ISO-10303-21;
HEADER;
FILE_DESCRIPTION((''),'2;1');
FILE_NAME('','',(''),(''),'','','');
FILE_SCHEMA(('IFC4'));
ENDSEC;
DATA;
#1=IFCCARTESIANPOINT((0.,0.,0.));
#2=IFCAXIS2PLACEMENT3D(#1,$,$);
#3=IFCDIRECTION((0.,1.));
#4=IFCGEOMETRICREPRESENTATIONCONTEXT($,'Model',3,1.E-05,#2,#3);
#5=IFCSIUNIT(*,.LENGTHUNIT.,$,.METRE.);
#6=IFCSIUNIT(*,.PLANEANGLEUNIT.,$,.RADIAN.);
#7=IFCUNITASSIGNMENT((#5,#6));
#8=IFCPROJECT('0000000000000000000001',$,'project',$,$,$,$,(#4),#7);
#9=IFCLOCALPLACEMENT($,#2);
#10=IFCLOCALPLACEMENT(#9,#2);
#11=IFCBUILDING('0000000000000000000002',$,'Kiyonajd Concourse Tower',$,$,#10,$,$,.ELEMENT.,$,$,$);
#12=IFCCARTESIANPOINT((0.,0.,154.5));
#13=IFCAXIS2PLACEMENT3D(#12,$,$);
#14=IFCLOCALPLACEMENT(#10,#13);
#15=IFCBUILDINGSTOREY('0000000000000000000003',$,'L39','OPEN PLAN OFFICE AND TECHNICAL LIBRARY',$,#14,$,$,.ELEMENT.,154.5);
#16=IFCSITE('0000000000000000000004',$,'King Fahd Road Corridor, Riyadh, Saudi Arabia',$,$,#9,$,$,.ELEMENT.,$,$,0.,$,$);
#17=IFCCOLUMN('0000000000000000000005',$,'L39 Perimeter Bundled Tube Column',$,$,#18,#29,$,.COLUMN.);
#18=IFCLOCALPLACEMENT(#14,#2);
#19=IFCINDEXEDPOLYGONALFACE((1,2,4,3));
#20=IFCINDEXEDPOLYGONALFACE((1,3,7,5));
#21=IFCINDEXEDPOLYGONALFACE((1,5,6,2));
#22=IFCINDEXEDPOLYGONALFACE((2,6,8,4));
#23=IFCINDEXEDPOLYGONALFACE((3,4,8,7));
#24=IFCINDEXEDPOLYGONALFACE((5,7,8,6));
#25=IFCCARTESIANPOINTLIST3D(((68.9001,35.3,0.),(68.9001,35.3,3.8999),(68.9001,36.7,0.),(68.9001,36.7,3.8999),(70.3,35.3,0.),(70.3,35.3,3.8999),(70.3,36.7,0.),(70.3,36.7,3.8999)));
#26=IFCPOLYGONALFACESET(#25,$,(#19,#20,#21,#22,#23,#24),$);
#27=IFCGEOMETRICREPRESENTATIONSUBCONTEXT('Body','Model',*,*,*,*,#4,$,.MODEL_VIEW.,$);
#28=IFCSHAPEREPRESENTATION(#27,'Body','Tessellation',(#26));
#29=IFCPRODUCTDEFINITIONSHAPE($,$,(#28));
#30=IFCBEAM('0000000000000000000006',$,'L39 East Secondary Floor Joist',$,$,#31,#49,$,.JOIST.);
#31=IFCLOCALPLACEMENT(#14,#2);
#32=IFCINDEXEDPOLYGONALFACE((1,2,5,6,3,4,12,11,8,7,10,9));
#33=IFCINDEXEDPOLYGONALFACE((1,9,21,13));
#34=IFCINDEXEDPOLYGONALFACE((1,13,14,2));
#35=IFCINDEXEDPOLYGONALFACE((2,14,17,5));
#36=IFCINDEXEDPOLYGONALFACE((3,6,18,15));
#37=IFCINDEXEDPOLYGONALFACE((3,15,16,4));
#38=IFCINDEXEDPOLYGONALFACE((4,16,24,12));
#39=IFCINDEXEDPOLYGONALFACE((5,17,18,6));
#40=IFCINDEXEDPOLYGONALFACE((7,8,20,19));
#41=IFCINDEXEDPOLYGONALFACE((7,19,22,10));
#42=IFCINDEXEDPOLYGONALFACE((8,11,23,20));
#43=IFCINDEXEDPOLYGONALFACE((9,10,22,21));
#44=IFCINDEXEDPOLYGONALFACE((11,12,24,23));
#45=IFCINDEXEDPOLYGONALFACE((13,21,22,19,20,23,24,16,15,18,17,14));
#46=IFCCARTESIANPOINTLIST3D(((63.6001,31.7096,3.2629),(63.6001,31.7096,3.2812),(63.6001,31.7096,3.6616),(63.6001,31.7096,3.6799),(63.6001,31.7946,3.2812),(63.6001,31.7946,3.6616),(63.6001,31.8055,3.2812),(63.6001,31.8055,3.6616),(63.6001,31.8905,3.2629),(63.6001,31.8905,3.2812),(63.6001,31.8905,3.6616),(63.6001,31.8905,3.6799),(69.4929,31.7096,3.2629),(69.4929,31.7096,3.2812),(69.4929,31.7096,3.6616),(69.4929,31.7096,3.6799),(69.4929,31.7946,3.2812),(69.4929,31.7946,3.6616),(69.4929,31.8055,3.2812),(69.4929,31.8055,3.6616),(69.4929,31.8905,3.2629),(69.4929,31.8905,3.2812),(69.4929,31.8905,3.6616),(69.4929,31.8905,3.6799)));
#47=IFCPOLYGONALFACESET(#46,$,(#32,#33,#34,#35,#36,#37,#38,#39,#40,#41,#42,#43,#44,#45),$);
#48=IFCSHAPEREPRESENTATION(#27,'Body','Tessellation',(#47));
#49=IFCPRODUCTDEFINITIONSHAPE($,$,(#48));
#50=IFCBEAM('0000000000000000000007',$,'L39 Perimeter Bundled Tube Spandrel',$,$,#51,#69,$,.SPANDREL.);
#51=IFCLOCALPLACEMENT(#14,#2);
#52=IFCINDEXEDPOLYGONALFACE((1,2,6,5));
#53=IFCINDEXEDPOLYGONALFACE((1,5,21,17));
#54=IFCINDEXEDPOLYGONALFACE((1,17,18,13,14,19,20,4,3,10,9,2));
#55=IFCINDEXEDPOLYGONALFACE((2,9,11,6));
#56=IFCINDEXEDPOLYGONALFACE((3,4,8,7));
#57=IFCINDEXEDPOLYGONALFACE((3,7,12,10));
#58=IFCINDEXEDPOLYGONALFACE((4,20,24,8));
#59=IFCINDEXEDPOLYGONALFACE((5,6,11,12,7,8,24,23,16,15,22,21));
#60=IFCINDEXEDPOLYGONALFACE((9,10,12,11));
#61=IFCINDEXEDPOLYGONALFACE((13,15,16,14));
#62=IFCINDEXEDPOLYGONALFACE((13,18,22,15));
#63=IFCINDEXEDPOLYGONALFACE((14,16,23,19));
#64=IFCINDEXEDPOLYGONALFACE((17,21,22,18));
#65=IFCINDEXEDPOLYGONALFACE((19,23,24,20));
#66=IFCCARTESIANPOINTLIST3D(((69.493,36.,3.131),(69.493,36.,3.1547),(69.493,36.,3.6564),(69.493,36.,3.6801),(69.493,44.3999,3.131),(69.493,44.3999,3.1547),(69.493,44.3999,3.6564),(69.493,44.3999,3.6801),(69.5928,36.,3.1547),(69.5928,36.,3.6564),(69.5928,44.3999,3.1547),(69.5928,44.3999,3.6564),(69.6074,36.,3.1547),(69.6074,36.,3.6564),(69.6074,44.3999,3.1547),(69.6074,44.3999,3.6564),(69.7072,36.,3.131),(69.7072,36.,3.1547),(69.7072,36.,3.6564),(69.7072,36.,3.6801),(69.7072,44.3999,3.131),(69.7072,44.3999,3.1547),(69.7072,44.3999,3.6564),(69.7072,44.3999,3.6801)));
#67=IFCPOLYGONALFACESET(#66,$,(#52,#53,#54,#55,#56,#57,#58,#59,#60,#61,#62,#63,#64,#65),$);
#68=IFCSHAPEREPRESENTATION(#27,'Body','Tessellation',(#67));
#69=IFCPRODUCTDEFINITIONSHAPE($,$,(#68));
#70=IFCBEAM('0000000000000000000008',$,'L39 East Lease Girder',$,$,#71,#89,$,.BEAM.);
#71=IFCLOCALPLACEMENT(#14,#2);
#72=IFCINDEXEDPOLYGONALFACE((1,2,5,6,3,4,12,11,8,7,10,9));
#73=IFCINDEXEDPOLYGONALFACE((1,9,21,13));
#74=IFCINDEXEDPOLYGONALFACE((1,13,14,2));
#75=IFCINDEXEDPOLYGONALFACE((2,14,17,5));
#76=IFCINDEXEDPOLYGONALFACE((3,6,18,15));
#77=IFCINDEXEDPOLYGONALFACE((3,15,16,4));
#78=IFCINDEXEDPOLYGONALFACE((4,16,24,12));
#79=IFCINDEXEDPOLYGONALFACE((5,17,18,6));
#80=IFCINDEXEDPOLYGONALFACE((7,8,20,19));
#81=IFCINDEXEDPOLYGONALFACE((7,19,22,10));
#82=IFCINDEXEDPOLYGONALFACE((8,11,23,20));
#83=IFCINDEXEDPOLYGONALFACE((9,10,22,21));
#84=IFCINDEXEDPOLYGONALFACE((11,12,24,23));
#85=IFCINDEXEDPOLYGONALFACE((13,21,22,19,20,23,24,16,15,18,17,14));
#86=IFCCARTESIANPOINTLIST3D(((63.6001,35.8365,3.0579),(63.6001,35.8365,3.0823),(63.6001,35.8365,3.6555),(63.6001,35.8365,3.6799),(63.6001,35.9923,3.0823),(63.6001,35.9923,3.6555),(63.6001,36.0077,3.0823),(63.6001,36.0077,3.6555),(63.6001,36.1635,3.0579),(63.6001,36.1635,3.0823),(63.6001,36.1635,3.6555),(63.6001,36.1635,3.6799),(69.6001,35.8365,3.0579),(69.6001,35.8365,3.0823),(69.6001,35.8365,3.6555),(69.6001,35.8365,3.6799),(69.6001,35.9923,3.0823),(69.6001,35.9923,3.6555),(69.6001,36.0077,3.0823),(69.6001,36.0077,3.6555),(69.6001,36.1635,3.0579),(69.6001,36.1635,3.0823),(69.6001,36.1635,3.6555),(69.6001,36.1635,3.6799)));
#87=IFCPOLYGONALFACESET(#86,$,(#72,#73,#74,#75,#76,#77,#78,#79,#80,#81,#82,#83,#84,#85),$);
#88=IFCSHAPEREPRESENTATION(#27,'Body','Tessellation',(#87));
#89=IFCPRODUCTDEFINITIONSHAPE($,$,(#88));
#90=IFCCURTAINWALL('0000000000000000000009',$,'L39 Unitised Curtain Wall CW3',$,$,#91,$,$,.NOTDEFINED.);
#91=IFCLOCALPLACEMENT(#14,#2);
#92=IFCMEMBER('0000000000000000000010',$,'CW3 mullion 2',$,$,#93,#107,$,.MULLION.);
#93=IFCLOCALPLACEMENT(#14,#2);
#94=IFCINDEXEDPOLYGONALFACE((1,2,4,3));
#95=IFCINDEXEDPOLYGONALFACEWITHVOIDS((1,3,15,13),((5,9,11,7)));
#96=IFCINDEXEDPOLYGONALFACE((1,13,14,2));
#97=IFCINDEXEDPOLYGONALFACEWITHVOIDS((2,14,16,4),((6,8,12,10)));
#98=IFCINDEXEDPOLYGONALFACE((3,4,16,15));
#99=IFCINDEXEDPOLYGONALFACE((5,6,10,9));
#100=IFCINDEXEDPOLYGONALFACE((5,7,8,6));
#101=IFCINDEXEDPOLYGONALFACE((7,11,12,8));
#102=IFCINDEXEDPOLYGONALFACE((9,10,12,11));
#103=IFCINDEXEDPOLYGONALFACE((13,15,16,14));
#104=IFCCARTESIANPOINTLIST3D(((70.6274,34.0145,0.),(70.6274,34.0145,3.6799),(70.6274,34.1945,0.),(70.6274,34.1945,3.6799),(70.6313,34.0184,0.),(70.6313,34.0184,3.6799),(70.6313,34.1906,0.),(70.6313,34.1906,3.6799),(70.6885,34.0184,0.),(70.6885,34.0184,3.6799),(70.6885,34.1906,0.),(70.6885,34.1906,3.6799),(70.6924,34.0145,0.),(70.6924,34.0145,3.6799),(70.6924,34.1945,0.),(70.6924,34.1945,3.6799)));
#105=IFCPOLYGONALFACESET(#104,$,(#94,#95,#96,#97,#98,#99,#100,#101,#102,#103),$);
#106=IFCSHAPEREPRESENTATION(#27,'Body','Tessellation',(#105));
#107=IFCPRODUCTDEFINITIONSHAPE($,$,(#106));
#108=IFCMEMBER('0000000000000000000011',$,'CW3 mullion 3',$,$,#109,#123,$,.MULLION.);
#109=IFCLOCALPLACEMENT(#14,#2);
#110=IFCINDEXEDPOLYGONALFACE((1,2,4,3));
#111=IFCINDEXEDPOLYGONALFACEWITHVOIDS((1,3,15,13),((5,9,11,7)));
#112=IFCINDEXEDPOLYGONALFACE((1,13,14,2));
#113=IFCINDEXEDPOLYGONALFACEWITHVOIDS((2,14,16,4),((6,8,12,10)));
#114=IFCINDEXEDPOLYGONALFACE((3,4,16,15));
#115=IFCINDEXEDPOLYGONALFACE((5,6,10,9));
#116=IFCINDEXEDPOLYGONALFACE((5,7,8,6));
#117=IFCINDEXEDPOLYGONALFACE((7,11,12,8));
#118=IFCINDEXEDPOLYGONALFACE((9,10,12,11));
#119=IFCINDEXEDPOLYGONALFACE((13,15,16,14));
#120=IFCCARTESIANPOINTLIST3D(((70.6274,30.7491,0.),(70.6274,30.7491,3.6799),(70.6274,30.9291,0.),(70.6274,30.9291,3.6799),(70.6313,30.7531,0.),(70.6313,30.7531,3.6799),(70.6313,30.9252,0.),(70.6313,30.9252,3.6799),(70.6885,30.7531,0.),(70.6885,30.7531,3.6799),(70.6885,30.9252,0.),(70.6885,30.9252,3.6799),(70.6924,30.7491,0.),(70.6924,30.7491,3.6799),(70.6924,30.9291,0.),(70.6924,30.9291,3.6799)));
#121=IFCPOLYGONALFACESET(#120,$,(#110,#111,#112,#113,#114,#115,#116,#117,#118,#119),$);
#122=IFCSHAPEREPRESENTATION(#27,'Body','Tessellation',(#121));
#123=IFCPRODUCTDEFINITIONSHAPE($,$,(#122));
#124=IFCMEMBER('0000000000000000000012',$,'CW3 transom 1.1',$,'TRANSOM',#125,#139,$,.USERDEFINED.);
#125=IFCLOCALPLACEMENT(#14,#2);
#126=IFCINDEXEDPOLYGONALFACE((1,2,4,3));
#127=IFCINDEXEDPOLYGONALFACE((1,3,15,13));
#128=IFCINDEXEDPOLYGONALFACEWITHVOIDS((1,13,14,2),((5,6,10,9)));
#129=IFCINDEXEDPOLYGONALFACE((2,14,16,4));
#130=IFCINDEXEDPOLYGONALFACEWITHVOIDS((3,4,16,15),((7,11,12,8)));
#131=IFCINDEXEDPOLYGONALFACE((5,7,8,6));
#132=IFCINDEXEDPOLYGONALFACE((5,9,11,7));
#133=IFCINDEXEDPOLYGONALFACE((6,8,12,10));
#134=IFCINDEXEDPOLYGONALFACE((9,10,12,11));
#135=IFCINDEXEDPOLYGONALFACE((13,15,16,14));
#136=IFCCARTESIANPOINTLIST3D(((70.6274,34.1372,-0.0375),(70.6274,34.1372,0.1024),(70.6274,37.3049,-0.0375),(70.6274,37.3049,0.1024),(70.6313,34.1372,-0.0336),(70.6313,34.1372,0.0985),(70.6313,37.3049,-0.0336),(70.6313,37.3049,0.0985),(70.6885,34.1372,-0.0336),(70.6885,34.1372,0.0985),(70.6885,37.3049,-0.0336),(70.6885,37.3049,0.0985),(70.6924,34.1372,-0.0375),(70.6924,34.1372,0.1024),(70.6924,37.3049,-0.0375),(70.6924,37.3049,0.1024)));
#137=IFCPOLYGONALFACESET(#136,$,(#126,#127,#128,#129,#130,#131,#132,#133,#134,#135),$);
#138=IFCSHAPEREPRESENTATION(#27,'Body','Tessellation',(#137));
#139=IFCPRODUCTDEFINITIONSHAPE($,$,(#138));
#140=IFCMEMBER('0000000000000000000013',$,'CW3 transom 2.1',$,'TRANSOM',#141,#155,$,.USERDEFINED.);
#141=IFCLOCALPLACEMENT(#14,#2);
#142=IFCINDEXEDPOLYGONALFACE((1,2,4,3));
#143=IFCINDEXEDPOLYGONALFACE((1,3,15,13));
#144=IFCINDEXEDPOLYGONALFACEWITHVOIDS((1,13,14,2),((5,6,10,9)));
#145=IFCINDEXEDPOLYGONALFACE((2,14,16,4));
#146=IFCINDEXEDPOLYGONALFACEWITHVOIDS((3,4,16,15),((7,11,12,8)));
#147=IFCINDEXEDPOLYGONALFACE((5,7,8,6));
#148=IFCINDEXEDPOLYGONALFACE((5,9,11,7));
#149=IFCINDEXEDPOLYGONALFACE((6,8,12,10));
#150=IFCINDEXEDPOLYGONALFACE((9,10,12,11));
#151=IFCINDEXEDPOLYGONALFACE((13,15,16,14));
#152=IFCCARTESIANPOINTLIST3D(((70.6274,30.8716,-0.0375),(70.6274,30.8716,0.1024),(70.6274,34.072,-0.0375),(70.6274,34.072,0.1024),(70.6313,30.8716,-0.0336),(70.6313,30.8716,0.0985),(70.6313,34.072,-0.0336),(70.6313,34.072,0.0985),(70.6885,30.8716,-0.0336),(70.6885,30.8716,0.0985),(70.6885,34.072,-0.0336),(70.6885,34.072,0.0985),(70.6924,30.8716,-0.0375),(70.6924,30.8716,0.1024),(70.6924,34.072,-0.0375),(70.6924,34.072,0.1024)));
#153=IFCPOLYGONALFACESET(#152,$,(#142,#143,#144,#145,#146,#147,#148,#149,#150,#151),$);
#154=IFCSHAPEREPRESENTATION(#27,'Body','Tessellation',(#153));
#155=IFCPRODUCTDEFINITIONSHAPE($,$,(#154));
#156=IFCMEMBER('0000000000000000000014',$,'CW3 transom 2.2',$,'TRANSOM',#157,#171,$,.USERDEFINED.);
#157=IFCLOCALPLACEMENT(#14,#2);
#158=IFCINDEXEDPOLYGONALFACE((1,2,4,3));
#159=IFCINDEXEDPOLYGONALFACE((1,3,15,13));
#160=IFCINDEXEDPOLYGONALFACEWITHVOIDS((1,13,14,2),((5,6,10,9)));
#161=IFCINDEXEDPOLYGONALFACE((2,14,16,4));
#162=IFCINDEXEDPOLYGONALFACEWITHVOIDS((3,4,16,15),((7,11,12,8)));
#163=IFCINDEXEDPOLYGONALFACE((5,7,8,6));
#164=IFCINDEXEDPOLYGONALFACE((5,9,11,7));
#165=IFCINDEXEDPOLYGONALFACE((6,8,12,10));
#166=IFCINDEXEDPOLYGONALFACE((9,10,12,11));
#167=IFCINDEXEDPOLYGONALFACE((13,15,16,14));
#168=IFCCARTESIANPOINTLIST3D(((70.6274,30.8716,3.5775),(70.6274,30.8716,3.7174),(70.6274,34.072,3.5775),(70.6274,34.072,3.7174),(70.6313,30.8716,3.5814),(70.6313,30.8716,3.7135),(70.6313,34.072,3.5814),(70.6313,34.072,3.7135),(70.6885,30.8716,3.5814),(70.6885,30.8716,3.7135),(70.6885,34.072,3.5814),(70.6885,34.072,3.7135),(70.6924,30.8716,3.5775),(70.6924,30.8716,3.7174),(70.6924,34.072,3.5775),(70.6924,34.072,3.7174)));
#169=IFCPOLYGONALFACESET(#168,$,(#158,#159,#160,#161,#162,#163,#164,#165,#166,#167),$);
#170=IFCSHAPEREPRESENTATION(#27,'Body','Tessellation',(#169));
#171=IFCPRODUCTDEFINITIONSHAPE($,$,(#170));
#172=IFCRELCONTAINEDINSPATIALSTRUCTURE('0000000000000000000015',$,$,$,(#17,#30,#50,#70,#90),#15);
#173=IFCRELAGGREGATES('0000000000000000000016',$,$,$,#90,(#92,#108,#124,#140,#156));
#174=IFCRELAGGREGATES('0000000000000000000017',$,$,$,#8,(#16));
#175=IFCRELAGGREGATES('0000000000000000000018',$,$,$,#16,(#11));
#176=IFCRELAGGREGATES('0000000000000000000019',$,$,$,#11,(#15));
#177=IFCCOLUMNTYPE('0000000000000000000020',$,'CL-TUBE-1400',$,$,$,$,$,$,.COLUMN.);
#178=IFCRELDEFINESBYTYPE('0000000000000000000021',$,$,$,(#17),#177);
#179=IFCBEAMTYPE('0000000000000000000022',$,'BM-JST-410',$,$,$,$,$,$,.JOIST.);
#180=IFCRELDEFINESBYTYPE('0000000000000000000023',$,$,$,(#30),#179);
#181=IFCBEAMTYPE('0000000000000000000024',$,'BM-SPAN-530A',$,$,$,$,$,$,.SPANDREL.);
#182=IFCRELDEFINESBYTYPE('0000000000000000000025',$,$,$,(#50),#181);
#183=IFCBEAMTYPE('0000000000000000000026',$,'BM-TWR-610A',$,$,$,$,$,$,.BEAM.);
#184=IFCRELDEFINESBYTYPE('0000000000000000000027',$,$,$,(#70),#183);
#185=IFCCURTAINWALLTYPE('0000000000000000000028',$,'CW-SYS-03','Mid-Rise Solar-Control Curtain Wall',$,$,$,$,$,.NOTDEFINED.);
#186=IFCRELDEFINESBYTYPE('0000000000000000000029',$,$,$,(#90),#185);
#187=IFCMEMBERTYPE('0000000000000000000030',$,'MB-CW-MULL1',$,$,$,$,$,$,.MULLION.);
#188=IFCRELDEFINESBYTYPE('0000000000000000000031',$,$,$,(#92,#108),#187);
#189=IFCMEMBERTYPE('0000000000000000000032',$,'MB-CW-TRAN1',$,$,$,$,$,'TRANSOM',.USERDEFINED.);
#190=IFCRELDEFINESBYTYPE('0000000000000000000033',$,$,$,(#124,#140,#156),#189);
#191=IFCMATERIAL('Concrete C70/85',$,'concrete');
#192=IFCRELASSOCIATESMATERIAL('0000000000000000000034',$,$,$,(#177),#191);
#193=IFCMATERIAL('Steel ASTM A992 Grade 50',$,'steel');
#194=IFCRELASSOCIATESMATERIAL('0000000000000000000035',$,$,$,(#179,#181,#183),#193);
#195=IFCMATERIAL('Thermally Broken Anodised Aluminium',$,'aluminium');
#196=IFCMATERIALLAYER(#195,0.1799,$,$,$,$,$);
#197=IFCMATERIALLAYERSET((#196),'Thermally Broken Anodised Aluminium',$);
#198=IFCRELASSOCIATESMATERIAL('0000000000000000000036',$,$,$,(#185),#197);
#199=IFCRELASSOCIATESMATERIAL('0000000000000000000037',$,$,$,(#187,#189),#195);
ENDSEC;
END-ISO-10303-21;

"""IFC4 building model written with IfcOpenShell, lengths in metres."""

from ifc_helpers import new_model, si_unit, direction, frame, origin, origin_2d, place, context, subcontext, project, spatial, rectangle, hollow_rectangle, i_section, extrude, material, layer, layer_set, material_profile, profile_set, type_object, element, aggregate, save


model = new_model("IFC4")

# Units and contexts
model_context = context("Model", 3, precision=1e-05, world=origin(), true_north=direction((0.0, 1.0)))
body_context = subcontext(model_context, "Body", "Model", "MODEL_VIEW")
ifc_project = project(units=[si_unit("LENGTHUNIT", "METRE"), si_unit("PLANEANGLEUNIT", "RADIAN")], contexts=[model_context])

# Site, building, storey
site_placement = place(None, origin())
site = spatial("IfcSite", under=ifc_project, at=site_placement, Name="King Fahd Road Corridor, Riyadh, Saudi Arabia", CompositionType="ELEMENT", RefElevation=0.0)
building_placement = place(site_placement, origin())
building = spatial("IfcBuilding", under=site, at=building_placement, Name="Kiyonajd Concourse Tower", CompositionType="ELEMENT")
storey_placement = place(building_placement, frame((0.0, 0.0, 154.5)))
storey = spatial("IfcBuildingStorey", under=building, at=storey_placement, Name="L39", Description="OPEN PLAN OFFICE AND TECHNICAL LIBRARY", CompositionType="ELEMENT", Elevation=154.5)

# Column
ifc_material_1 = material(Name="Concrete C70/85", Category="concrete")
ifc_material_profile_1 = material_profile(ifc_material_1, rectangle(XDim=1.3999, YDim=1.3999, at=origin_2d()), Name="RC-1400x1400")
ifc_profile_set_1 = profile_set([ifc_material_profile_1], Name="Concrete C70/85")
column_type = type_object("IfcColumnType", Name="CL-TUBE-1400", PredefinedType="COLUMN", material=ifc_profile_set_1)
column_placement = place(storey_placement, frame((69.6001, 36.0, 0.0), z_axis=(0.0, 0.0, 1.0), x_axis=(1.0, 0.0, 0.0)))
element("IfcColumn", 1, at=column_placement, inside=storey, type_object=column_type, Name="L39 Perimeter Bundled Tube Column", PredefinedType="COLUMN", context=body_context, shape_type="SweptSolid", body=[
    extrude(rectangle(XDim=1.3999, YDim=1.3999, at=origin_2d()), origin(), (0.0, 0.0, 1.0), 3.8999),
])

# Beams
ifc_material_2 = material(Name="Steel ASTM A992 Grade 50", Category="steel")
ifc_material_profile_2 = material_profile(ifc_material_2, i_section(OverallWidth=0.1809, OverallDepth=0.417, WebThickness=0.011, FlangeThickness=0.0183, at=origin_2d()), Name="W410X85")
ifc_profile_set_2 = profile_set([ifc_material_profile_2], Name="Steel ASTM A992 Grade 50")
beam_type_1 = type_object("IfcBeamType", Name="BM-JST-410", PredefinedType="JOIST", material=ifc_profile_set_2)
beam_1_placement = place(storey_placement, frame((63.6001, 31.8, 3.4714), z_axis=(1.0, 0.0, 0.0), x_axis=(0.0, 1.0, 0.0)))
element("IfcBeam", 2, at=beam_1_placement, inside=storey, type_object=beam_type_1, Name="L39 East Secondary Floor Joist", PredefinedType="JOIST", context=body_context, shape_type="SweptSolid", body=[
    extrude(i_section(OverallWidth=0.1809, OverallDepth=0.417, WebThickness=0.011, FlangeThickness=0.0183, at=origin_2d()), origin(), (0.0, 0.0, 1.0), 5.8928),
])
ifc_material_profile_3 = material_profile(ifc_material_2, i_section(OverallWidth=0.2141, OverallDepth=0.5491, WebThickness=0.0146, FlangeThickness=0.0237, at=origin_2d()), Name="W530X138")
ifc_profile_set_3 = profile_set([ifc_material_profile_3], Name="Steel ASTM A992 Grade 50")
beam_type_2 = type_object("IfcBeamType", Name="BM-SPAN-530A", PredefinedType="SPANDREL", material=ifc_profile_set_3)
beam_2_placement = place(storey_placement, frame((69.6001, 36.0, 3.4055), z_axis=(0.0, 1.0, 0.0), x_axis=(-1.0, 0.0, 0.0)))
element("IfcBeam", 3, at=beam_2_placement, inside=storey, type_object=beam_type_2, Name="L39 Perimeter Bundled Tube Spandrel", PredefinedType="SPANDREL", context=body_context, shape_type="SweptSolid", body=[
    extrude(i_section(OverallWidth=0.2141, OverallDepth=0.5491, WebThickness=0.0146, FlangeThickness=0.0237, at=origin_2d()), origin(), (0.0, 0.0, 1.0), 8.3999),
])
ifc_material_profile_4 = material_profile(ifc_material_2, i_section(OverallWidth=0.3269, OverallDepth=0.6221, WebThickness=0.0154, FlangeThickness=0.0244, at=origin_2d()), Name="W610X195")
ifc_profile_set_4 = profile_set([ifc_material_profile_4], Name="Steel ASTM A992 Grade 50")
beam_type_3 = type_object("IfcBeamType", Name="BM-TWR-610A", PredefinedType="BEAM", material=ifc_profile_set_4)
beam_3_placement = place(storey_placement, frame((63.6001, 36.0, 3.3689), z_axis=(1.0, 0.0, 0.0), x_axis=(0.0, 1.0, 0.0)))
element("IfcBeam", 4, at=beam_3_placement, inside=storey, type_object=beam_type_3, Name="L39 East Lease Girder", PredefinedType="BEAM", context=body_context, shape_type="SweptSolid", body=[
    extrude(i_section(OverallWidth=0.3269, OverallDepth=0.6221, WebThickness=0.0154, FlangeThickness=0.0244, at=origin_2d()), origin(), (0.0, 0.0, 1.0), 6.0),
])

# Curtain wall, members
ifc_material_3 = material(Name="Thermally Broken Anodised Aluminium", Category="aluminium")
ifc_layer_1 = layer(ifc_material_3, 0.1799)
ifc_layer_set_1 = layer_set([ifc_layer_1], Name="Thermally Broken Anodised Aluminium")
curtain_wall_type = type_object("IfcCurtainWallType", Name="CW-SYS-03", Description="Mid-Rise Solar-Control Curtain Wall", PredefinedType="NOTDEFINED", material=ifc_layer_set_1)
curtain_wall_placement = place(storey_placement, origin())
curtain_wall = element("IfcCurtainWall", 5, at=curtain_wall_placement, inside=storey, type_object=curtain_wall_type, Name="L39 Unitised Curtain Wall CW3", PredefinedType="NOTDEFINED")
ifc_material_profile_5 = material_profile(ifc_material_3, hollow_rectangle(XDim=0.0649, YDim=0.1799, WallThickness=0.0039, at=origin_2d()), Name="MULL-65x180")
ifc_profile_set_5 = profile_set([ifc_material_profile_5], Name="Thermally Broken Anodised Aluminium")
member_type_1 = type_object("IfcMemberType", Name="MB-CW-MULL1", PredefinedType="MULLION", material=ifc_profile_set_5)
member_1_placement = place(storey_placement, frame((70.6599, 34.1045, 0.0), z_axis=(0.0, 0.0, 1.0), x_axis=(1.0, 0.0, 0.0)))
member_1 = element("IfcMember", 6, at=member_1_placement, type_object=member_type_1, Name="CW3 mullion 2", PredefinedType="MULLION", context=body_context, shape_type="SweptSolid", body=[
    extrude(hollow_rectangle(XDim=0.0649, YDim=0.1799, WallThickness=0.0039, at=origin_2d()), origin(), (0.0, 0.0, 1.0), 3.6799),
])
member_2_placement = place(storey_placement, frame((70.6599, 30.8391, 0.0), z_axis=(0.0, 0.0, 1.0), x_axis=(1.0, 0.0, 0.0)))
member_2 = element("IfcMember", 7, at=member_2_placement, type_object=member_type_1, Name="CW3 mullion 3", PredefinedType="MULLION", context=body_context, shape_type="SweptSolid", body=[
    extrude(hollow_rectangle(XDim=0.0649, YDim=0.1799, WallThickness=0.0039, at=origin_2d()), origin(), (0.0, 0.0, 1.0), 3.6799),
])
ifc_material_profile_6 = material_profile(ifc_material_3, hollow_rectangle(XDim=0.0649, YDim=0.1399, WallThickness=0.0039, at=origin_2d()), Name="TRAN-65x140")
ifc_profile_set_6 = profile_set([ifc_material_profile_6], Name="Thermally Broken Anodised Aluminium")
member_type_2 = type_object("IfcMemberType", Name="MB-CW-TRAN1", ElementType="TRANSOM", PredefinedType="USERDEFINED", material=ifc_profile_set_6)
member_3_placement = place(storey_placement, frame((70.6599, 37.3049, 0.0325), z_axis=(0.0, -1.0, 0.0), x_axis=(1.0, 0.0, 0.0)))
member_3 = element("IfcMember", 8, at=member_3_placement, type_object=member_type_2, Name="CW3 transom 1.1", ObjectType="TRANSOM", PredefinedType="USERDEFINED", context=body_context, shape_type="SweptSolid", body=[
    extrude(hollow_rectangle(XDim=0.0649, YDim=0.1399, WallThickness=0.0039, at=origin_2d()), origin(), (0.0, 0.0, 1.0), 3.1677),
])
member_4_placement = place(storey_placement, frame((70.6599, 34.072, 0.0325), z_axis=(0.0, -1.0, 0.0), x_axis=(1.0, 0.0, 0.0)))
member_4 = element("IfcMember", 9, at=member_4_placement, type_object=member_type_2, Name="CW3 transom 2.1", ObjectType="TRANSOM", PredefinedType="USERDEFINED", context=body_context, shape_type="SweptSolid", body=[
    extrude(hollow_rectangle(XDim=0.0649, YDim=0.1399, WallThickness=0.0039, at=origin_2d()), origin(), (0.0, 0.0, 1.0), 3.2004),
])
member_5_placement = place(storey_placement, frame((70.6599, 34.072, 3.6475), z_axis=(0.0, -1.0, 0.0), x_axis=(1.0, 0.0, 0.0)))
member_5 = element("IfcMember", 10, at=member_5_placement, type_object=member_type_2, Name="CW3 transom 2.2", ObjectType="TRANSOM", PredefinedType="USERDEFINED", context=body_context, shape_type="SweptSolid", body=[
    extrude(hollow_rectangle(XDim=0.0649, YDim=0.1399, WallThickness=0.0039, at=origin_2d()), origin(), (0.0, 0.0, 1.0), 3.2004),
])
aggregate(curtain_wall, [member_1, member_2, member_3, member_4, member_5])

save(model, "model.ifc")
